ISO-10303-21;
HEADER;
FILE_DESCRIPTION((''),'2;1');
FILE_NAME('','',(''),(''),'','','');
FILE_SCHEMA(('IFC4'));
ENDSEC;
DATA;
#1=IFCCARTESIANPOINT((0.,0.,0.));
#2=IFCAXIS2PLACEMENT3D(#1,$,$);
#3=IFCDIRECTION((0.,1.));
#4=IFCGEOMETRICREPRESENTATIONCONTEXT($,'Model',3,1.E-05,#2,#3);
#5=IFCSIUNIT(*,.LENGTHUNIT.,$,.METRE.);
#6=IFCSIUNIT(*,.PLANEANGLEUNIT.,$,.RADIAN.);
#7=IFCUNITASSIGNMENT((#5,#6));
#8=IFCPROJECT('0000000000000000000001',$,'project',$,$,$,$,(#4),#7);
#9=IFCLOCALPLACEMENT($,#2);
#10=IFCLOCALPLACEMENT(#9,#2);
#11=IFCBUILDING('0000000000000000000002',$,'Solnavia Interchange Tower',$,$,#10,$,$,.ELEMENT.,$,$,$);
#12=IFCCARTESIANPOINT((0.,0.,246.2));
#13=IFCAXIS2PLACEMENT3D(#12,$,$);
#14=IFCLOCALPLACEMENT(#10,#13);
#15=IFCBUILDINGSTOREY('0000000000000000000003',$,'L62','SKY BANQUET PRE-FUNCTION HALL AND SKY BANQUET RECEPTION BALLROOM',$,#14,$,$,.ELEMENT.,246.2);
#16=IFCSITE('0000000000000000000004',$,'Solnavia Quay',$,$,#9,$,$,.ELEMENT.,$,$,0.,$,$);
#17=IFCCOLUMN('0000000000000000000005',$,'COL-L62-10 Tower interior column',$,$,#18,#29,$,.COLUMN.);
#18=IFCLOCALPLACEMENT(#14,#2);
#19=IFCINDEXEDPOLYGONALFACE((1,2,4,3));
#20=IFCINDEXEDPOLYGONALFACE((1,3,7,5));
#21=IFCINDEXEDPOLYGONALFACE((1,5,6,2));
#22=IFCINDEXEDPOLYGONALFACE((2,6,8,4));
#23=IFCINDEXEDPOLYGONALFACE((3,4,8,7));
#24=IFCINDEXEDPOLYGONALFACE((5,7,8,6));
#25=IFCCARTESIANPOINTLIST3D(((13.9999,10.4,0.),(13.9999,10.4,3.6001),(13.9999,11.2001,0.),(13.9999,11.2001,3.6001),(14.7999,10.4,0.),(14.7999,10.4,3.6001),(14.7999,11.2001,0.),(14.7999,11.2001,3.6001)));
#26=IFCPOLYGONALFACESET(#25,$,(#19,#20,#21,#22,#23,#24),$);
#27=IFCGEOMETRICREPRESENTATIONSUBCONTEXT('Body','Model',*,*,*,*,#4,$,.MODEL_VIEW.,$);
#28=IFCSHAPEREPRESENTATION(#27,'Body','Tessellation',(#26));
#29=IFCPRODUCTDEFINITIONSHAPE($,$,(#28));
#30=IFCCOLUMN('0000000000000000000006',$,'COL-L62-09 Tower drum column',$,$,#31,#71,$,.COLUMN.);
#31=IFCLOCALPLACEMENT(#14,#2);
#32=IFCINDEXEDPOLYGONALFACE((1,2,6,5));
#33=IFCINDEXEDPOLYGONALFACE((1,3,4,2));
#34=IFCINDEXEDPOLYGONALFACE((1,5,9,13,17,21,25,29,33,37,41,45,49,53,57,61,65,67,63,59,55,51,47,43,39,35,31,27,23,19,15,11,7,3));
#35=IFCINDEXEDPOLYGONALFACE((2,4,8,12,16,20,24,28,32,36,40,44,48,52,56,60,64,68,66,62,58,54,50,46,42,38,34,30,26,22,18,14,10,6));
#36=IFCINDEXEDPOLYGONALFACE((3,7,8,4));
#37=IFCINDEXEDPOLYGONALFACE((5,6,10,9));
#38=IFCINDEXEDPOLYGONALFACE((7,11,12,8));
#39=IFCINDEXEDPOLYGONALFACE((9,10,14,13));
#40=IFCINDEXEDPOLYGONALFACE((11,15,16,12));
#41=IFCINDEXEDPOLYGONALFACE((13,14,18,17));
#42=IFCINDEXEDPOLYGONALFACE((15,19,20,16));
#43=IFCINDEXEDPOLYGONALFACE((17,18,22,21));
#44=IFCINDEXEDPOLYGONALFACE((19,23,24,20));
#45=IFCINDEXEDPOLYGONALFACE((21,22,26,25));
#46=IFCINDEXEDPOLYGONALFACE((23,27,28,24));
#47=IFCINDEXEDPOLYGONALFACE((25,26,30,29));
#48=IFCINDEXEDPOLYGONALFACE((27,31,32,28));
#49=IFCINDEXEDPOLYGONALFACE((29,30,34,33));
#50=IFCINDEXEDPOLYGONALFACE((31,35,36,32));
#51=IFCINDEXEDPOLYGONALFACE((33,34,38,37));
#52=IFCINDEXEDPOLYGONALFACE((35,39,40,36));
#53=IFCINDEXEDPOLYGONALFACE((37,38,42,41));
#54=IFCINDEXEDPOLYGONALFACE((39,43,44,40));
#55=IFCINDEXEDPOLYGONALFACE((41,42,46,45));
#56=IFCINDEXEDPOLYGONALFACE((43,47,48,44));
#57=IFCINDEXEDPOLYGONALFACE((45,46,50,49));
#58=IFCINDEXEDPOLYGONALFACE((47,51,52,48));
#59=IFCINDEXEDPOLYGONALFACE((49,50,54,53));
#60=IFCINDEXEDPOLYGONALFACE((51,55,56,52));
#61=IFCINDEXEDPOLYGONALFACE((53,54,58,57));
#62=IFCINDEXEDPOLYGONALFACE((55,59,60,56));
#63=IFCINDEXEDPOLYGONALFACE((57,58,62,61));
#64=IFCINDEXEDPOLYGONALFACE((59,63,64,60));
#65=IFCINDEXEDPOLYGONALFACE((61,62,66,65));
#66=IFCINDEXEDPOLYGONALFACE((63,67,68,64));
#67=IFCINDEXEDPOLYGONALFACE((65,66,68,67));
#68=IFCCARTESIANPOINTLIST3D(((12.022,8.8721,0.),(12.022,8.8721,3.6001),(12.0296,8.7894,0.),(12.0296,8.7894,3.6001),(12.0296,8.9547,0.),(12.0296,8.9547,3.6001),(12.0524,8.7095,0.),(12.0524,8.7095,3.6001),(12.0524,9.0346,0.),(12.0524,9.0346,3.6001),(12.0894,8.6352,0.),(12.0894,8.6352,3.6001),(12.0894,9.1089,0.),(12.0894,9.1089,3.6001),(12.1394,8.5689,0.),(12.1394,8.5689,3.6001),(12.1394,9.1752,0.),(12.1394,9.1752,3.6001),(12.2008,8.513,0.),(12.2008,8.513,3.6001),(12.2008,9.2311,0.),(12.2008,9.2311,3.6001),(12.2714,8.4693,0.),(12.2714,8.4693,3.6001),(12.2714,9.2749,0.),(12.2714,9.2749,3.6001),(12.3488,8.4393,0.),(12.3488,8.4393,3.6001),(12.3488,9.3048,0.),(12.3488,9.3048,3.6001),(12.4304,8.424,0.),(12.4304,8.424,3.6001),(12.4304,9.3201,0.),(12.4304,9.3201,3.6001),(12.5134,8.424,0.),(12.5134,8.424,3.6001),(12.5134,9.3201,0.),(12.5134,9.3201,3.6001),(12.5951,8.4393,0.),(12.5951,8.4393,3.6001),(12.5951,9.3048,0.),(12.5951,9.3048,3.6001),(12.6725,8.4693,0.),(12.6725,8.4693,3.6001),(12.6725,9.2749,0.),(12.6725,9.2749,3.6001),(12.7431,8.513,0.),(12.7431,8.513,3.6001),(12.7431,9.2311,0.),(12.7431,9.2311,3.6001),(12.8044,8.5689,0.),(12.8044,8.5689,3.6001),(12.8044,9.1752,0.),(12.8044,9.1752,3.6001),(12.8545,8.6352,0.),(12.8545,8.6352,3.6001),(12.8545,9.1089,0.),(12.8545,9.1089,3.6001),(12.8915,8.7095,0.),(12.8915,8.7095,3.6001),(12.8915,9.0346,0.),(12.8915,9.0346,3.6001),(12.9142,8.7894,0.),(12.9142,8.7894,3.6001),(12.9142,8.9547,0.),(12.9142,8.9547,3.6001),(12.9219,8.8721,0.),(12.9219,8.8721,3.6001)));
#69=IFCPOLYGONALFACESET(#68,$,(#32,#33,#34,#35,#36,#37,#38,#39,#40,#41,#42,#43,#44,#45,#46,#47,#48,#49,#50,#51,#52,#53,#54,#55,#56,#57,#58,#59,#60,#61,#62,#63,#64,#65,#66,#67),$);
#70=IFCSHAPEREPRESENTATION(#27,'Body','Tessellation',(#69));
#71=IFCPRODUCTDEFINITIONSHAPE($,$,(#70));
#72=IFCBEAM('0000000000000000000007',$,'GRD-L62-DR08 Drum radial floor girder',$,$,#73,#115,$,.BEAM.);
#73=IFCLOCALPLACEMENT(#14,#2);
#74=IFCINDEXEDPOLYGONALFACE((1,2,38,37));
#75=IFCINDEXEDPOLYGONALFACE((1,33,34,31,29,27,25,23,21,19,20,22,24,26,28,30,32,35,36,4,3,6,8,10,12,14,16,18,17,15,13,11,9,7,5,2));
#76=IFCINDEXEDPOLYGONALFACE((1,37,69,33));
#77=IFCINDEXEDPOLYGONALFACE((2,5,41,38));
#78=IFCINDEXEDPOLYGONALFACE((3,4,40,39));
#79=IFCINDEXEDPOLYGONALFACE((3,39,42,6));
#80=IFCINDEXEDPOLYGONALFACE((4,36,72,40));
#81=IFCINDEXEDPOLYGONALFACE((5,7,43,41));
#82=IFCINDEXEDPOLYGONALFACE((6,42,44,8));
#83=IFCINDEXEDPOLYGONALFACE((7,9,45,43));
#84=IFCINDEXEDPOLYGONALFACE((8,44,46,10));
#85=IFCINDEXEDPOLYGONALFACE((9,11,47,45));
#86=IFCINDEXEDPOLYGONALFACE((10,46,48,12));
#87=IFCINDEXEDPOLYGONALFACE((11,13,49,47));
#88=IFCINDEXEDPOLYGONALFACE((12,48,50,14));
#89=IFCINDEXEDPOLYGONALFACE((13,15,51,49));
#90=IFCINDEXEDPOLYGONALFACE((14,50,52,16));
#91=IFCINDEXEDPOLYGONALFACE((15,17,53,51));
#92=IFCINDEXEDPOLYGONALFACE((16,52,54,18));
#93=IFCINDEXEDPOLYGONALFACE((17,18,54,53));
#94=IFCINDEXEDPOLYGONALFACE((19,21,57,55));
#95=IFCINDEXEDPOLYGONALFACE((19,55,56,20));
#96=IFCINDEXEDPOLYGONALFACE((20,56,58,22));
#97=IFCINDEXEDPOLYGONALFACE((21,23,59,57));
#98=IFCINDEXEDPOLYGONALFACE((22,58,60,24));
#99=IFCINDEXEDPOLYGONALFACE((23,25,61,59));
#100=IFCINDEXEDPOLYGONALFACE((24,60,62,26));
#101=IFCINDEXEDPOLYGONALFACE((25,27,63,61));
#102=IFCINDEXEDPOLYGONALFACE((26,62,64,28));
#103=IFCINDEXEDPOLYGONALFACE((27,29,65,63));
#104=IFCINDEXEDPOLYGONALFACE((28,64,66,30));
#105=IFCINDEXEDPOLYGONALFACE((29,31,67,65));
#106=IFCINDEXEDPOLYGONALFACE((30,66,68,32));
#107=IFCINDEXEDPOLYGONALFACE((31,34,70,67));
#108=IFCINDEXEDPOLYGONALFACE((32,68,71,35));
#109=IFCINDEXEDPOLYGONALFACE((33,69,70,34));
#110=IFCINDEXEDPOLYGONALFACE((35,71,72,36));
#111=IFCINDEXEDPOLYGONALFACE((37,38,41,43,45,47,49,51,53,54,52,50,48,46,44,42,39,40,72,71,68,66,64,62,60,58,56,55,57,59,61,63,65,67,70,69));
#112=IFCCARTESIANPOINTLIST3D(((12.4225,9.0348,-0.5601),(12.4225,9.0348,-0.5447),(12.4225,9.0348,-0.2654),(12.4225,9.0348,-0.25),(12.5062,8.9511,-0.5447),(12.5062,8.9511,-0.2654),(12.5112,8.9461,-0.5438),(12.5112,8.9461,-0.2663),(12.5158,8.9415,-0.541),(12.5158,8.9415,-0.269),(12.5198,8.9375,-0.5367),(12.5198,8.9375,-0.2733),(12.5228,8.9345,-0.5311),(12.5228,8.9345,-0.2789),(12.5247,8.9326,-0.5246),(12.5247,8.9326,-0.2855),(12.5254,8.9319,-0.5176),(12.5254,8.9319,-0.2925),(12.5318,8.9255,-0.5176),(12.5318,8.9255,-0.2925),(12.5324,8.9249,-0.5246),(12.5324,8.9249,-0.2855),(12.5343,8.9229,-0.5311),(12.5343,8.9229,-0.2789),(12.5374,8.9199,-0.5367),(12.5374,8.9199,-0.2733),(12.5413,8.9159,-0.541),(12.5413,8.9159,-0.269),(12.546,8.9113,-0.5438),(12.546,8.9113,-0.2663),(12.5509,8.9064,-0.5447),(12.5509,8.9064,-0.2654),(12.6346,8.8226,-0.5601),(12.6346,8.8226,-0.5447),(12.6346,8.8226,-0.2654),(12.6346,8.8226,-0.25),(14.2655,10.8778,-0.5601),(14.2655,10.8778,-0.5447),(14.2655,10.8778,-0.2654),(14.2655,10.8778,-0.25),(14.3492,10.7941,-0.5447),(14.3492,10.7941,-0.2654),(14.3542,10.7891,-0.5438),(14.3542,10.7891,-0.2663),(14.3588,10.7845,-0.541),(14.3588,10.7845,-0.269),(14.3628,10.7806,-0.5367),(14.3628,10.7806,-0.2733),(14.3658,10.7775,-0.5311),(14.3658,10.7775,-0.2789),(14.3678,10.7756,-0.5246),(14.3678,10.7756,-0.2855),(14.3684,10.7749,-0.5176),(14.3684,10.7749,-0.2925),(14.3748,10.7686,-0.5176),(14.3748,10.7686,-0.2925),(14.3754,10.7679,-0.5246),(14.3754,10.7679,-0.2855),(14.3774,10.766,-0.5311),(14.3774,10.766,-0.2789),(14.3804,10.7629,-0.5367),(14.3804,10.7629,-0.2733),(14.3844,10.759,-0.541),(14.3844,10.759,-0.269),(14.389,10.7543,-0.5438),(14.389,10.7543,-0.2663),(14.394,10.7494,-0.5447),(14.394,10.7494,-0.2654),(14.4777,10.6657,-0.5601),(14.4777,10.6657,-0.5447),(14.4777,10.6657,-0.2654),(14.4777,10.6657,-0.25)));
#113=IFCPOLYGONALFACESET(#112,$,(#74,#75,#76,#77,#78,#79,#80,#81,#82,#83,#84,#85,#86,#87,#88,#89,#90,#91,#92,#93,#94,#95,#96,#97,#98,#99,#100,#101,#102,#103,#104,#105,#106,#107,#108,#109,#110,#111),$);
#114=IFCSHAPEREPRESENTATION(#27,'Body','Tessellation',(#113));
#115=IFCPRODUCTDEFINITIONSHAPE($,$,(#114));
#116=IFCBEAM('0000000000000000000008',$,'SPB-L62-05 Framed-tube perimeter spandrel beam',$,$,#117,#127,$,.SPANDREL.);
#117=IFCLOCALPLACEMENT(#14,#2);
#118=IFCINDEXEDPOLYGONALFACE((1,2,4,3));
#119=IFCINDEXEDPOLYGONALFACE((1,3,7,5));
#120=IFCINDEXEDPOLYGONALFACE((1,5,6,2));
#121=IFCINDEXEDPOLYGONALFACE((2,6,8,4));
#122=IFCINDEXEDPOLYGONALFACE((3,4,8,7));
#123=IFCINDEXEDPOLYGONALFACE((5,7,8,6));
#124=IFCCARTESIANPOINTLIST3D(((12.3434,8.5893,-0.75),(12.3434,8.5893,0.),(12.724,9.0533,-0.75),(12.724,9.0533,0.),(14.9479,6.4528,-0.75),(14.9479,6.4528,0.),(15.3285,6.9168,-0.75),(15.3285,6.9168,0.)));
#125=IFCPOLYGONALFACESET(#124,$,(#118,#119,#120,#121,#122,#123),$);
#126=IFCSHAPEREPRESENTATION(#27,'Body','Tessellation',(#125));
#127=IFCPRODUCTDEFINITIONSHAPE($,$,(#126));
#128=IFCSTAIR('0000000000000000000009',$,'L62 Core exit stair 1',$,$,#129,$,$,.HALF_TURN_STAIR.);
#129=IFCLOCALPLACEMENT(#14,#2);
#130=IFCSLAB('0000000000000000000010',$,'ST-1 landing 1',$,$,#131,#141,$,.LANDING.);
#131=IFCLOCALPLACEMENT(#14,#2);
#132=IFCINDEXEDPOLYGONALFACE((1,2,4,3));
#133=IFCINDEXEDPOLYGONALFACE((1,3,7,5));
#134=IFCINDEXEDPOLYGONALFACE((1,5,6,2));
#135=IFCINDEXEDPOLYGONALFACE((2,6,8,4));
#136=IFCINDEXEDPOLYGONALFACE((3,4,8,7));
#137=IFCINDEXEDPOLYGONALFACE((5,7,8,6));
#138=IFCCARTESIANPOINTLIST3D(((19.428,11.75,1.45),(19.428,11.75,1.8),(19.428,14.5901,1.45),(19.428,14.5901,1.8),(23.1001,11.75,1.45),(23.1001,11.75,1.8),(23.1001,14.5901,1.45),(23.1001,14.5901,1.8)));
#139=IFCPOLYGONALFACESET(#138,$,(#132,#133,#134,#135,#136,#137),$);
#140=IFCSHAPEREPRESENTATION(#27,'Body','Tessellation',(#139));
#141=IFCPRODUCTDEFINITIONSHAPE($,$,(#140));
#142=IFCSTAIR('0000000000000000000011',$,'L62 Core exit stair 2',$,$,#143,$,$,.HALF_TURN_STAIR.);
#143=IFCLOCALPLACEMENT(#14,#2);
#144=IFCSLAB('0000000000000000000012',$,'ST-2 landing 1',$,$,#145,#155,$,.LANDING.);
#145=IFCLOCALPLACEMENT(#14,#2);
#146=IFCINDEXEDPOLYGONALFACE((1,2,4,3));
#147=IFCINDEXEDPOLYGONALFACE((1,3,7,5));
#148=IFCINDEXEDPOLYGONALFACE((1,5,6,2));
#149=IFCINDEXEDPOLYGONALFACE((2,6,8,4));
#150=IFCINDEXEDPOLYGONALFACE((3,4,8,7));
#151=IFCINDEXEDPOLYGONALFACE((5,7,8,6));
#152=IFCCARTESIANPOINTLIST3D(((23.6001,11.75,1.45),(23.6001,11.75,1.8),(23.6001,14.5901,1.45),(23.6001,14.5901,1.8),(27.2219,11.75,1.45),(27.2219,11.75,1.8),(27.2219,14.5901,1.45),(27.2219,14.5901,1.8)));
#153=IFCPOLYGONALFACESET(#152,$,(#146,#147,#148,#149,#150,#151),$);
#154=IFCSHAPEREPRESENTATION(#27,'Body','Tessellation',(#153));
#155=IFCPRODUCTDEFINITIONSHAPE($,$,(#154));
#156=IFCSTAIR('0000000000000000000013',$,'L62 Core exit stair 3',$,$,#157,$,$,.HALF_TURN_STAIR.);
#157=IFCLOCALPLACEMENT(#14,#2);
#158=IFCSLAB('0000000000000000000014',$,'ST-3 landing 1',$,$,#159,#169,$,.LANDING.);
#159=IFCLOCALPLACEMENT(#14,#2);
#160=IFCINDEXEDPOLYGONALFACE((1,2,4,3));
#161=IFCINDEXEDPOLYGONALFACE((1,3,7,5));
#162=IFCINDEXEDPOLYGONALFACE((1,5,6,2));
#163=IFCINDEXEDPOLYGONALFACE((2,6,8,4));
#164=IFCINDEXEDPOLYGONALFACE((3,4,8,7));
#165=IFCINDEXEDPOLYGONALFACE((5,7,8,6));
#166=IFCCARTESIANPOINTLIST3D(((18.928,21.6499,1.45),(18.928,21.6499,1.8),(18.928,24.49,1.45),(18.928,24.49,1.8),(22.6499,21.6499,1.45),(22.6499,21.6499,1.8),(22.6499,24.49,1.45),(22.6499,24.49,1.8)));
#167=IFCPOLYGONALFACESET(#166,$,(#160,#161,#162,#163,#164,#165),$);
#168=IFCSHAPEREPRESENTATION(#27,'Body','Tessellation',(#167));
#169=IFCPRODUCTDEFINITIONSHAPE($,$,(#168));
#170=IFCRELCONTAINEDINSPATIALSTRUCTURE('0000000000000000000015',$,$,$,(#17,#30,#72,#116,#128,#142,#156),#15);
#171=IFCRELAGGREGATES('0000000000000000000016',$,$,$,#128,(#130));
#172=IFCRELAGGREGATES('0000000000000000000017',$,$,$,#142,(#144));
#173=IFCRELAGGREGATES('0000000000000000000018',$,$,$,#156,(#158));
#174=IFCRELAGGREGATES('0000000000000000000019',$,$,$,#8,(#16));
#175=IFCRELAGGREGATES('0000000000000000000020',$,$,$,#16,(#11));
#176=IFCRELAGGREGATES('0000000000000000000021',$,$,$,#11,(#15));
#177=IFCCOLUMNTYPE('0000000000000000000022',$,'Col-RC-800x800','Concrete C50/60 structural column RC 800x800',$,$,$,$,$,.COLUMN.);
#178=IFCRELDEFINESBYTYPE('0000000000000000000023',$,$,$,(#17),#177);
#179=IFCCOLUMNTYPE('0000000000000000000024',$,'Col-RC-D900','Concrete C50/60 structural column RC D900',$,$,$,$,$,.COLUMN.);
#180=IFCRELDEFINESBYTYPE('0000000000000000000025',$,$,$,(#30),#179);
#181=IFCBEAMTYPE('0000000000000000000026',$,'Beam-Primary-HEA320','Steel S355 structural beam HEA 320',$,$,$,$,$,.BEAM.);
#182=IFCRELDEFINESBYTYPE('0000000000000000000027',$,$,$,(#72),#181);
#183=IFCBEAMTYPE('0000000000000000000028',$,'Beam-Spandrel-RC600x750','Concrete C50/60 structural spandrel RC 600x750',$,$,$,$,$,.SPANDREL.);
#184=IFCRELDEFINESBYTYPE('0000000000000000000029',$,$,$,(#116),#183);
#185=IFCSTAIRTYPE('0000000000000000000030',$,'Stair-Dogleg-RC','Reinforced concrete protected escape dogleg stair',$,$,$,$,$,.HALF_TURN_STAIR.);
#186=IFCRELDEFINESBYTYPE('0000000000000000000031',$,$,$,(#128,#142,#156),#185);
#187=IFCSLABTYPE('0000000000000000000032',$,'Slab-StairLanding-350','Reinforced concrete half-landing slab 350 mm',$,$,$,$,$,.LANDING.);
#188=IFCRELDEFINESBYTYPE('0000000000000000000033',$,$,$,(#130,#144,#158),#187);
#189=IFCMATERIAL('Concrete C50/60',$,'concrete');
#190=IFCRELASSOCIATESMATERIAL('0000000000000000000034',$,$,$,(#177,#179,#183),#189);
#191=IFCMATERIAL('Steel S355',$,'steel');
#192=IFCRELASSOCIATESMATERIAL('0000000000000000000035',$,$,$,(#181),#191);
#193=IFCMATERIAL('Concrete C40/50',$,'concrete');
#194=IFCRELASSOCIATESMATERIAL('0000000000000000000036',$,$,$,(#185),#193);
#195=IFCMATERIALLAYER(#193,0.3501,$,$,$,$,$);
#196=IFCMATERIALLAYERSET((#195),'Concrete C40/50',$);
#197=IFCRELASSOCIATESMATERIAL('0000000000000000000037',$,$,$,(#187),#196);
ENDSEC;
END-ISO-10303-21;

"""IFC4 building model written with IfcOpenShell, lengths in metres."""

from ifc_helpers import new_model, si_unit, direction, frame, origin, origin_2d, place, context, subcontext, project, spatial, polyline, rectangle, circle, i_section, outline, extrude, material, layer, layer_set, material_profile, profile_set, type_object, element, aggregate, save


model = new_model("IFC4")

# Units and contexts
model_context = context("Model", 3, precision=1e-05, world=origin(), true_north=direction((0.0, 1.0)))
body_context = subcontext(model_context, "Body", "Model", "MODEL_VIEW")
ifc_project = project(units=[si_unit("LENGTHUNIT", "METRE"), si_unit("PLANEANGLEUNIT", "RADIAN")], contexts=[model_context])

# Site, building, storey
site_placement = place(None, origin())
site = spatial("IfcSite", under=ifc_project, at=site_placement, Name="Solnavia Quay", CompositionType="ELEMENT", RefElevation=0.0)
building_placement = place(site_placement, origin())
building = spatial("IfcBuilding", under=site, at=building_placement, Name="Solnavia Interchange Tower", CompositionType="ELEMENT")
storey_placement = place(building_placement, frame((0.0, 0.0, 246.2)))
storey = spatial("IfcBuildingStorey", under=building, at=storey_placement, Name="L62", Description="SKY BANQUET PRE-FUNCTION HALL AND SKY BANQUET RECEPTION BALLROOM", CompositionType="ELEMENT", Elevation=246.2)

# Columns
ifc_material_1 = material(Name="Concrete C50/60", Category="concrete")
ifc_material_profile_1 = material_profile(ifc_material_1, rectangle(XDim=0.8, YDim=0.8, at=origin_2d()), Name="RC 800x800")
ifc_profile_set_1 = profile_set([ifc_material_profile_1], Name="Concrete C50/60")
column_type_1 = type_object("IfcColumnType", Name="Col-RC-800x800", Description="Concrete C50/60 structural column RC 800x800", PredefinedType="COLUMN", material=ifc_profile_set_1)
column_1_placement = place(storey_placement, frame((14.3999, 10.8, 0.0), z_axis=(0.0, 0.0, 1.0), x_axis=(1.0, 0.0, 0.0)))
element("IfcColumn", 1, at=column_1_placement, inside=storey, type_object=column_type_1, Name="COL-L62-10 Tower interior column", PredefinedType="COLUMN", context=body_context, shape_type="SweptSolid", body=[
    extrude(rectangle(XDim=0.8, YDim=0.8, at=origin_2d()), origin(), (0.0, 0.0, 1.0), 3.6001),
])
ifc_material_profile_2 = material_profile(ifc_material_1, circle(Radius=0.45, at=origin_2d()), Name="RC D900")
ifc_profile_set_2 = profile_set([ifc_material_profile_2], Name="Concrete C50/60")
column_type_2 = type_object("IfcColumnType", Name="Col-RC-D900", Description="Concrete C50/60 structural column RC D900", PredefinedType="COLUMN", material=ifc_profile_set_2)
column_2_placement = place(storey_placement, frame((12.4719, 8.8721, 0.0), z_axis=(0.0, 0.0, 1.0), x_axis=(1.0, 0.0, 0.0)))
element("IfcColumn", 2, at=column_2_placement, inside=storey, type_object=column_type_2, Name="COL-L62-09 Tower drum column", PredefinedType="COLUMN", context=body_context, shape_type="SweptSolid", body=[
    extrude(circle(Radius=0.45, at=origin_2d()), origin(), (0.0, 0.0, 1.0), 3.6001),
])

# Beams
ifc_material_2 = material(Name="Steel S355", Category="steel")
ifc_material_profile_3 = material_profile(ifc_material_2, i_section(OverallWidth=0.3, OverallDepth=0.3101, WebThickness=0.009, FlangeThickness=0.0154, FilletRadius=0.0271, at=origin_2d()), Name="HEA 320")
ifc_profile_set_3 = profile_set([ifc_material_profile_3], Name="Steel S355")
beam_type_1 = type_object("IfcBeamType", Name="Beam-Primary-HEA320", Description="Steel S355 structural beam HEA 320", PredefinedType="BEAM", material=ifc_profile_set_3)
beam_1_placement = place(storey_placement, frame((12.5286, 8.9287, -0.405), z_axis=(0.707107, 0.707107, 0.0), x_axis=(-0.707107, 0.707107, 0.0)))
element("IfcBeam", 3, at=beam_1_placement, inside=storey, type_object=beam_type_1, Name="GRD-L62-DR08 Drum radial floor girder", PredefinedType="BEAM", context=body_context, shape_type="SweptSolid", body=[
    extrude(i_section(OverallWidth=0.3, OverallDepth=0.3101, WebThickness=0.009, FlangeThickness=0.0154, FilletRadius=0.0271, at=origin_2d()), origin(), (0.0, 0.0, 1.0), 2.6064),
])
ifc_material_profile_4 = material_profile(ifc_material_1, rectangle(XDim=0.6001, YDim=0.75, at=origin_2d()), Name="RC 600x750")
ifc_profile_set_4 = profile_set([ifc_material_profile_4], Name="Concrete C50/60")
beam_type_2 = type_object("IfcBeamType", Name="Beam-Spandrel-RC600x750", Description="Concrete C50/60 structural spandrel RC 600x750", PredefinedType="SPANDREL", material=ifc_profile_set_4)
beam_2_placement = place(storey_placement, frame((12.5337, 8.8213, -0.375), z_axis=(0.773153, -0.63422, 0.0), x_axis=(0.63422, 0.773153, 0.0)))
element("IfcBeam", 4, at=beam_2_placement, inside=storey, type_object=beam_type_2, Name="SPB-L62-05 Framed-tube perimeter spandrel beam", PredefinedType="SPANDREL", context=body_context, shape_type="SweptSolid", body=[
    extrude(rectangle(XDim=0.6001, YDim=0.75, at=origin_2d()), origin(), (0.0, 0.0, 1.0), 3.3687),
])

# Stairs, slabs
ifc_material_3 = material(Name="Concrete C40/50", Category="concrete")
stair_type = type_object("IfcStairType", Name="Stair-Dogleg-RC", Description="Reinforced concrete protected escape dogleg stair", PredefinedType="HALF_TURN_STAIR", material=ifc_material_3)
stair_1_placement = place(storey_placement, origin())
stair_1 = element("IfcStair", 5, at=stair_1_placement, inside=storey, type_object=stair_type, Name="L62 Core exit stair 1", PredefinedType="HALF_TURN_STAIR")
ifc_layer_1 = layer(ifc_material_3, 0.3501)
ifc_layer_set_1 = layer_set([ifc_layer_1], Name="Concrete C40/50")
slab_type_1 = type_object("IfcSlabType", Name="Slab-StairLanding-350", Description="Reinforced concrete half-landing slab 350 mm", PredefinedType="LANDING", material=ifc_layer_set_1)
slab_1_placement = place(storey_placement, frame((0.0, 0.0, 1.45)))
slab_1 = element("IfcSlab", 6, at=slab_1_placement, type_object=slab_type_1, Name="ST-1 landing 1", PredefinedType="LANDING", context=body_context, shape_type="SweptSolid", body=[
    extrude(outline(polyline([(19.428, 11.75), (23.1001, 11.75), (23.1001, 14.5901), (19.428, 14.5901), (19.428, 11.75)])), origin(), (0.0, 0.0, 1.0), 0.3501),
])
aggregate(stair_1, [slab_1])
stair_2_placement = place(storey_placement, origin())
stair_2 = element("IfcStair", 7, at=stair_2_placement, inside=storey, type_object=stair_type, Name="L62 Core exit stair 2", PredefinedType="HALF_TURN_STAIR")
slab_2_placement = place(storey_placement, frame((0.0, 0.0, 1.45)))
slab_2 = element("IfcSlab", 8, at=slab_2_placement, type_object=slab_type_1, Name="ST-2 landing 1", PredefinedType="LANDING", context=body_context, shape_type="SweptSolid", body=[
    extrude(outline(polyline([(23.6001, 11.75), (27.2219, 11.75), (27.2219, 14.5901), (23.6001, 14.5901), (23.6001, 11.75)])), origin(), (0.0, 0.0, 1.0), 0.3501),
])
aggregate(stair_2, [slab_2])
stair_3_placement = place(storey_placement, origin())
stair_3 = element("IfcStair", 9, at=stair_3_placement, inside=storey, type_object=stair_type, Name="L62 Core exit stair 3", PredefinedType="HALF_TURN_STAIR")
slab_3_placement = place(storey_placement, frame((0.0, 0.0, 1.45)))
slab_3 = element("IfcSlab", 10, at=slab_3_placement, type_object=slab_type_1, Name="ST-3 landing 1", PredefinedType="LANDING", context=body_context, shape_type="SweptSolid", body=[
    extrude(outline(polyline([(18.928, 21.6499), (22.6499, 21.6499), (22.6499, 24.49), (18.928, 24.49), (18.928, 21.6499)])), origin(), (0.0, 0.0, 1.0), 0.3501),
])
aggregate(stair_3, [slab_3])

save(model, "model.ifc")
